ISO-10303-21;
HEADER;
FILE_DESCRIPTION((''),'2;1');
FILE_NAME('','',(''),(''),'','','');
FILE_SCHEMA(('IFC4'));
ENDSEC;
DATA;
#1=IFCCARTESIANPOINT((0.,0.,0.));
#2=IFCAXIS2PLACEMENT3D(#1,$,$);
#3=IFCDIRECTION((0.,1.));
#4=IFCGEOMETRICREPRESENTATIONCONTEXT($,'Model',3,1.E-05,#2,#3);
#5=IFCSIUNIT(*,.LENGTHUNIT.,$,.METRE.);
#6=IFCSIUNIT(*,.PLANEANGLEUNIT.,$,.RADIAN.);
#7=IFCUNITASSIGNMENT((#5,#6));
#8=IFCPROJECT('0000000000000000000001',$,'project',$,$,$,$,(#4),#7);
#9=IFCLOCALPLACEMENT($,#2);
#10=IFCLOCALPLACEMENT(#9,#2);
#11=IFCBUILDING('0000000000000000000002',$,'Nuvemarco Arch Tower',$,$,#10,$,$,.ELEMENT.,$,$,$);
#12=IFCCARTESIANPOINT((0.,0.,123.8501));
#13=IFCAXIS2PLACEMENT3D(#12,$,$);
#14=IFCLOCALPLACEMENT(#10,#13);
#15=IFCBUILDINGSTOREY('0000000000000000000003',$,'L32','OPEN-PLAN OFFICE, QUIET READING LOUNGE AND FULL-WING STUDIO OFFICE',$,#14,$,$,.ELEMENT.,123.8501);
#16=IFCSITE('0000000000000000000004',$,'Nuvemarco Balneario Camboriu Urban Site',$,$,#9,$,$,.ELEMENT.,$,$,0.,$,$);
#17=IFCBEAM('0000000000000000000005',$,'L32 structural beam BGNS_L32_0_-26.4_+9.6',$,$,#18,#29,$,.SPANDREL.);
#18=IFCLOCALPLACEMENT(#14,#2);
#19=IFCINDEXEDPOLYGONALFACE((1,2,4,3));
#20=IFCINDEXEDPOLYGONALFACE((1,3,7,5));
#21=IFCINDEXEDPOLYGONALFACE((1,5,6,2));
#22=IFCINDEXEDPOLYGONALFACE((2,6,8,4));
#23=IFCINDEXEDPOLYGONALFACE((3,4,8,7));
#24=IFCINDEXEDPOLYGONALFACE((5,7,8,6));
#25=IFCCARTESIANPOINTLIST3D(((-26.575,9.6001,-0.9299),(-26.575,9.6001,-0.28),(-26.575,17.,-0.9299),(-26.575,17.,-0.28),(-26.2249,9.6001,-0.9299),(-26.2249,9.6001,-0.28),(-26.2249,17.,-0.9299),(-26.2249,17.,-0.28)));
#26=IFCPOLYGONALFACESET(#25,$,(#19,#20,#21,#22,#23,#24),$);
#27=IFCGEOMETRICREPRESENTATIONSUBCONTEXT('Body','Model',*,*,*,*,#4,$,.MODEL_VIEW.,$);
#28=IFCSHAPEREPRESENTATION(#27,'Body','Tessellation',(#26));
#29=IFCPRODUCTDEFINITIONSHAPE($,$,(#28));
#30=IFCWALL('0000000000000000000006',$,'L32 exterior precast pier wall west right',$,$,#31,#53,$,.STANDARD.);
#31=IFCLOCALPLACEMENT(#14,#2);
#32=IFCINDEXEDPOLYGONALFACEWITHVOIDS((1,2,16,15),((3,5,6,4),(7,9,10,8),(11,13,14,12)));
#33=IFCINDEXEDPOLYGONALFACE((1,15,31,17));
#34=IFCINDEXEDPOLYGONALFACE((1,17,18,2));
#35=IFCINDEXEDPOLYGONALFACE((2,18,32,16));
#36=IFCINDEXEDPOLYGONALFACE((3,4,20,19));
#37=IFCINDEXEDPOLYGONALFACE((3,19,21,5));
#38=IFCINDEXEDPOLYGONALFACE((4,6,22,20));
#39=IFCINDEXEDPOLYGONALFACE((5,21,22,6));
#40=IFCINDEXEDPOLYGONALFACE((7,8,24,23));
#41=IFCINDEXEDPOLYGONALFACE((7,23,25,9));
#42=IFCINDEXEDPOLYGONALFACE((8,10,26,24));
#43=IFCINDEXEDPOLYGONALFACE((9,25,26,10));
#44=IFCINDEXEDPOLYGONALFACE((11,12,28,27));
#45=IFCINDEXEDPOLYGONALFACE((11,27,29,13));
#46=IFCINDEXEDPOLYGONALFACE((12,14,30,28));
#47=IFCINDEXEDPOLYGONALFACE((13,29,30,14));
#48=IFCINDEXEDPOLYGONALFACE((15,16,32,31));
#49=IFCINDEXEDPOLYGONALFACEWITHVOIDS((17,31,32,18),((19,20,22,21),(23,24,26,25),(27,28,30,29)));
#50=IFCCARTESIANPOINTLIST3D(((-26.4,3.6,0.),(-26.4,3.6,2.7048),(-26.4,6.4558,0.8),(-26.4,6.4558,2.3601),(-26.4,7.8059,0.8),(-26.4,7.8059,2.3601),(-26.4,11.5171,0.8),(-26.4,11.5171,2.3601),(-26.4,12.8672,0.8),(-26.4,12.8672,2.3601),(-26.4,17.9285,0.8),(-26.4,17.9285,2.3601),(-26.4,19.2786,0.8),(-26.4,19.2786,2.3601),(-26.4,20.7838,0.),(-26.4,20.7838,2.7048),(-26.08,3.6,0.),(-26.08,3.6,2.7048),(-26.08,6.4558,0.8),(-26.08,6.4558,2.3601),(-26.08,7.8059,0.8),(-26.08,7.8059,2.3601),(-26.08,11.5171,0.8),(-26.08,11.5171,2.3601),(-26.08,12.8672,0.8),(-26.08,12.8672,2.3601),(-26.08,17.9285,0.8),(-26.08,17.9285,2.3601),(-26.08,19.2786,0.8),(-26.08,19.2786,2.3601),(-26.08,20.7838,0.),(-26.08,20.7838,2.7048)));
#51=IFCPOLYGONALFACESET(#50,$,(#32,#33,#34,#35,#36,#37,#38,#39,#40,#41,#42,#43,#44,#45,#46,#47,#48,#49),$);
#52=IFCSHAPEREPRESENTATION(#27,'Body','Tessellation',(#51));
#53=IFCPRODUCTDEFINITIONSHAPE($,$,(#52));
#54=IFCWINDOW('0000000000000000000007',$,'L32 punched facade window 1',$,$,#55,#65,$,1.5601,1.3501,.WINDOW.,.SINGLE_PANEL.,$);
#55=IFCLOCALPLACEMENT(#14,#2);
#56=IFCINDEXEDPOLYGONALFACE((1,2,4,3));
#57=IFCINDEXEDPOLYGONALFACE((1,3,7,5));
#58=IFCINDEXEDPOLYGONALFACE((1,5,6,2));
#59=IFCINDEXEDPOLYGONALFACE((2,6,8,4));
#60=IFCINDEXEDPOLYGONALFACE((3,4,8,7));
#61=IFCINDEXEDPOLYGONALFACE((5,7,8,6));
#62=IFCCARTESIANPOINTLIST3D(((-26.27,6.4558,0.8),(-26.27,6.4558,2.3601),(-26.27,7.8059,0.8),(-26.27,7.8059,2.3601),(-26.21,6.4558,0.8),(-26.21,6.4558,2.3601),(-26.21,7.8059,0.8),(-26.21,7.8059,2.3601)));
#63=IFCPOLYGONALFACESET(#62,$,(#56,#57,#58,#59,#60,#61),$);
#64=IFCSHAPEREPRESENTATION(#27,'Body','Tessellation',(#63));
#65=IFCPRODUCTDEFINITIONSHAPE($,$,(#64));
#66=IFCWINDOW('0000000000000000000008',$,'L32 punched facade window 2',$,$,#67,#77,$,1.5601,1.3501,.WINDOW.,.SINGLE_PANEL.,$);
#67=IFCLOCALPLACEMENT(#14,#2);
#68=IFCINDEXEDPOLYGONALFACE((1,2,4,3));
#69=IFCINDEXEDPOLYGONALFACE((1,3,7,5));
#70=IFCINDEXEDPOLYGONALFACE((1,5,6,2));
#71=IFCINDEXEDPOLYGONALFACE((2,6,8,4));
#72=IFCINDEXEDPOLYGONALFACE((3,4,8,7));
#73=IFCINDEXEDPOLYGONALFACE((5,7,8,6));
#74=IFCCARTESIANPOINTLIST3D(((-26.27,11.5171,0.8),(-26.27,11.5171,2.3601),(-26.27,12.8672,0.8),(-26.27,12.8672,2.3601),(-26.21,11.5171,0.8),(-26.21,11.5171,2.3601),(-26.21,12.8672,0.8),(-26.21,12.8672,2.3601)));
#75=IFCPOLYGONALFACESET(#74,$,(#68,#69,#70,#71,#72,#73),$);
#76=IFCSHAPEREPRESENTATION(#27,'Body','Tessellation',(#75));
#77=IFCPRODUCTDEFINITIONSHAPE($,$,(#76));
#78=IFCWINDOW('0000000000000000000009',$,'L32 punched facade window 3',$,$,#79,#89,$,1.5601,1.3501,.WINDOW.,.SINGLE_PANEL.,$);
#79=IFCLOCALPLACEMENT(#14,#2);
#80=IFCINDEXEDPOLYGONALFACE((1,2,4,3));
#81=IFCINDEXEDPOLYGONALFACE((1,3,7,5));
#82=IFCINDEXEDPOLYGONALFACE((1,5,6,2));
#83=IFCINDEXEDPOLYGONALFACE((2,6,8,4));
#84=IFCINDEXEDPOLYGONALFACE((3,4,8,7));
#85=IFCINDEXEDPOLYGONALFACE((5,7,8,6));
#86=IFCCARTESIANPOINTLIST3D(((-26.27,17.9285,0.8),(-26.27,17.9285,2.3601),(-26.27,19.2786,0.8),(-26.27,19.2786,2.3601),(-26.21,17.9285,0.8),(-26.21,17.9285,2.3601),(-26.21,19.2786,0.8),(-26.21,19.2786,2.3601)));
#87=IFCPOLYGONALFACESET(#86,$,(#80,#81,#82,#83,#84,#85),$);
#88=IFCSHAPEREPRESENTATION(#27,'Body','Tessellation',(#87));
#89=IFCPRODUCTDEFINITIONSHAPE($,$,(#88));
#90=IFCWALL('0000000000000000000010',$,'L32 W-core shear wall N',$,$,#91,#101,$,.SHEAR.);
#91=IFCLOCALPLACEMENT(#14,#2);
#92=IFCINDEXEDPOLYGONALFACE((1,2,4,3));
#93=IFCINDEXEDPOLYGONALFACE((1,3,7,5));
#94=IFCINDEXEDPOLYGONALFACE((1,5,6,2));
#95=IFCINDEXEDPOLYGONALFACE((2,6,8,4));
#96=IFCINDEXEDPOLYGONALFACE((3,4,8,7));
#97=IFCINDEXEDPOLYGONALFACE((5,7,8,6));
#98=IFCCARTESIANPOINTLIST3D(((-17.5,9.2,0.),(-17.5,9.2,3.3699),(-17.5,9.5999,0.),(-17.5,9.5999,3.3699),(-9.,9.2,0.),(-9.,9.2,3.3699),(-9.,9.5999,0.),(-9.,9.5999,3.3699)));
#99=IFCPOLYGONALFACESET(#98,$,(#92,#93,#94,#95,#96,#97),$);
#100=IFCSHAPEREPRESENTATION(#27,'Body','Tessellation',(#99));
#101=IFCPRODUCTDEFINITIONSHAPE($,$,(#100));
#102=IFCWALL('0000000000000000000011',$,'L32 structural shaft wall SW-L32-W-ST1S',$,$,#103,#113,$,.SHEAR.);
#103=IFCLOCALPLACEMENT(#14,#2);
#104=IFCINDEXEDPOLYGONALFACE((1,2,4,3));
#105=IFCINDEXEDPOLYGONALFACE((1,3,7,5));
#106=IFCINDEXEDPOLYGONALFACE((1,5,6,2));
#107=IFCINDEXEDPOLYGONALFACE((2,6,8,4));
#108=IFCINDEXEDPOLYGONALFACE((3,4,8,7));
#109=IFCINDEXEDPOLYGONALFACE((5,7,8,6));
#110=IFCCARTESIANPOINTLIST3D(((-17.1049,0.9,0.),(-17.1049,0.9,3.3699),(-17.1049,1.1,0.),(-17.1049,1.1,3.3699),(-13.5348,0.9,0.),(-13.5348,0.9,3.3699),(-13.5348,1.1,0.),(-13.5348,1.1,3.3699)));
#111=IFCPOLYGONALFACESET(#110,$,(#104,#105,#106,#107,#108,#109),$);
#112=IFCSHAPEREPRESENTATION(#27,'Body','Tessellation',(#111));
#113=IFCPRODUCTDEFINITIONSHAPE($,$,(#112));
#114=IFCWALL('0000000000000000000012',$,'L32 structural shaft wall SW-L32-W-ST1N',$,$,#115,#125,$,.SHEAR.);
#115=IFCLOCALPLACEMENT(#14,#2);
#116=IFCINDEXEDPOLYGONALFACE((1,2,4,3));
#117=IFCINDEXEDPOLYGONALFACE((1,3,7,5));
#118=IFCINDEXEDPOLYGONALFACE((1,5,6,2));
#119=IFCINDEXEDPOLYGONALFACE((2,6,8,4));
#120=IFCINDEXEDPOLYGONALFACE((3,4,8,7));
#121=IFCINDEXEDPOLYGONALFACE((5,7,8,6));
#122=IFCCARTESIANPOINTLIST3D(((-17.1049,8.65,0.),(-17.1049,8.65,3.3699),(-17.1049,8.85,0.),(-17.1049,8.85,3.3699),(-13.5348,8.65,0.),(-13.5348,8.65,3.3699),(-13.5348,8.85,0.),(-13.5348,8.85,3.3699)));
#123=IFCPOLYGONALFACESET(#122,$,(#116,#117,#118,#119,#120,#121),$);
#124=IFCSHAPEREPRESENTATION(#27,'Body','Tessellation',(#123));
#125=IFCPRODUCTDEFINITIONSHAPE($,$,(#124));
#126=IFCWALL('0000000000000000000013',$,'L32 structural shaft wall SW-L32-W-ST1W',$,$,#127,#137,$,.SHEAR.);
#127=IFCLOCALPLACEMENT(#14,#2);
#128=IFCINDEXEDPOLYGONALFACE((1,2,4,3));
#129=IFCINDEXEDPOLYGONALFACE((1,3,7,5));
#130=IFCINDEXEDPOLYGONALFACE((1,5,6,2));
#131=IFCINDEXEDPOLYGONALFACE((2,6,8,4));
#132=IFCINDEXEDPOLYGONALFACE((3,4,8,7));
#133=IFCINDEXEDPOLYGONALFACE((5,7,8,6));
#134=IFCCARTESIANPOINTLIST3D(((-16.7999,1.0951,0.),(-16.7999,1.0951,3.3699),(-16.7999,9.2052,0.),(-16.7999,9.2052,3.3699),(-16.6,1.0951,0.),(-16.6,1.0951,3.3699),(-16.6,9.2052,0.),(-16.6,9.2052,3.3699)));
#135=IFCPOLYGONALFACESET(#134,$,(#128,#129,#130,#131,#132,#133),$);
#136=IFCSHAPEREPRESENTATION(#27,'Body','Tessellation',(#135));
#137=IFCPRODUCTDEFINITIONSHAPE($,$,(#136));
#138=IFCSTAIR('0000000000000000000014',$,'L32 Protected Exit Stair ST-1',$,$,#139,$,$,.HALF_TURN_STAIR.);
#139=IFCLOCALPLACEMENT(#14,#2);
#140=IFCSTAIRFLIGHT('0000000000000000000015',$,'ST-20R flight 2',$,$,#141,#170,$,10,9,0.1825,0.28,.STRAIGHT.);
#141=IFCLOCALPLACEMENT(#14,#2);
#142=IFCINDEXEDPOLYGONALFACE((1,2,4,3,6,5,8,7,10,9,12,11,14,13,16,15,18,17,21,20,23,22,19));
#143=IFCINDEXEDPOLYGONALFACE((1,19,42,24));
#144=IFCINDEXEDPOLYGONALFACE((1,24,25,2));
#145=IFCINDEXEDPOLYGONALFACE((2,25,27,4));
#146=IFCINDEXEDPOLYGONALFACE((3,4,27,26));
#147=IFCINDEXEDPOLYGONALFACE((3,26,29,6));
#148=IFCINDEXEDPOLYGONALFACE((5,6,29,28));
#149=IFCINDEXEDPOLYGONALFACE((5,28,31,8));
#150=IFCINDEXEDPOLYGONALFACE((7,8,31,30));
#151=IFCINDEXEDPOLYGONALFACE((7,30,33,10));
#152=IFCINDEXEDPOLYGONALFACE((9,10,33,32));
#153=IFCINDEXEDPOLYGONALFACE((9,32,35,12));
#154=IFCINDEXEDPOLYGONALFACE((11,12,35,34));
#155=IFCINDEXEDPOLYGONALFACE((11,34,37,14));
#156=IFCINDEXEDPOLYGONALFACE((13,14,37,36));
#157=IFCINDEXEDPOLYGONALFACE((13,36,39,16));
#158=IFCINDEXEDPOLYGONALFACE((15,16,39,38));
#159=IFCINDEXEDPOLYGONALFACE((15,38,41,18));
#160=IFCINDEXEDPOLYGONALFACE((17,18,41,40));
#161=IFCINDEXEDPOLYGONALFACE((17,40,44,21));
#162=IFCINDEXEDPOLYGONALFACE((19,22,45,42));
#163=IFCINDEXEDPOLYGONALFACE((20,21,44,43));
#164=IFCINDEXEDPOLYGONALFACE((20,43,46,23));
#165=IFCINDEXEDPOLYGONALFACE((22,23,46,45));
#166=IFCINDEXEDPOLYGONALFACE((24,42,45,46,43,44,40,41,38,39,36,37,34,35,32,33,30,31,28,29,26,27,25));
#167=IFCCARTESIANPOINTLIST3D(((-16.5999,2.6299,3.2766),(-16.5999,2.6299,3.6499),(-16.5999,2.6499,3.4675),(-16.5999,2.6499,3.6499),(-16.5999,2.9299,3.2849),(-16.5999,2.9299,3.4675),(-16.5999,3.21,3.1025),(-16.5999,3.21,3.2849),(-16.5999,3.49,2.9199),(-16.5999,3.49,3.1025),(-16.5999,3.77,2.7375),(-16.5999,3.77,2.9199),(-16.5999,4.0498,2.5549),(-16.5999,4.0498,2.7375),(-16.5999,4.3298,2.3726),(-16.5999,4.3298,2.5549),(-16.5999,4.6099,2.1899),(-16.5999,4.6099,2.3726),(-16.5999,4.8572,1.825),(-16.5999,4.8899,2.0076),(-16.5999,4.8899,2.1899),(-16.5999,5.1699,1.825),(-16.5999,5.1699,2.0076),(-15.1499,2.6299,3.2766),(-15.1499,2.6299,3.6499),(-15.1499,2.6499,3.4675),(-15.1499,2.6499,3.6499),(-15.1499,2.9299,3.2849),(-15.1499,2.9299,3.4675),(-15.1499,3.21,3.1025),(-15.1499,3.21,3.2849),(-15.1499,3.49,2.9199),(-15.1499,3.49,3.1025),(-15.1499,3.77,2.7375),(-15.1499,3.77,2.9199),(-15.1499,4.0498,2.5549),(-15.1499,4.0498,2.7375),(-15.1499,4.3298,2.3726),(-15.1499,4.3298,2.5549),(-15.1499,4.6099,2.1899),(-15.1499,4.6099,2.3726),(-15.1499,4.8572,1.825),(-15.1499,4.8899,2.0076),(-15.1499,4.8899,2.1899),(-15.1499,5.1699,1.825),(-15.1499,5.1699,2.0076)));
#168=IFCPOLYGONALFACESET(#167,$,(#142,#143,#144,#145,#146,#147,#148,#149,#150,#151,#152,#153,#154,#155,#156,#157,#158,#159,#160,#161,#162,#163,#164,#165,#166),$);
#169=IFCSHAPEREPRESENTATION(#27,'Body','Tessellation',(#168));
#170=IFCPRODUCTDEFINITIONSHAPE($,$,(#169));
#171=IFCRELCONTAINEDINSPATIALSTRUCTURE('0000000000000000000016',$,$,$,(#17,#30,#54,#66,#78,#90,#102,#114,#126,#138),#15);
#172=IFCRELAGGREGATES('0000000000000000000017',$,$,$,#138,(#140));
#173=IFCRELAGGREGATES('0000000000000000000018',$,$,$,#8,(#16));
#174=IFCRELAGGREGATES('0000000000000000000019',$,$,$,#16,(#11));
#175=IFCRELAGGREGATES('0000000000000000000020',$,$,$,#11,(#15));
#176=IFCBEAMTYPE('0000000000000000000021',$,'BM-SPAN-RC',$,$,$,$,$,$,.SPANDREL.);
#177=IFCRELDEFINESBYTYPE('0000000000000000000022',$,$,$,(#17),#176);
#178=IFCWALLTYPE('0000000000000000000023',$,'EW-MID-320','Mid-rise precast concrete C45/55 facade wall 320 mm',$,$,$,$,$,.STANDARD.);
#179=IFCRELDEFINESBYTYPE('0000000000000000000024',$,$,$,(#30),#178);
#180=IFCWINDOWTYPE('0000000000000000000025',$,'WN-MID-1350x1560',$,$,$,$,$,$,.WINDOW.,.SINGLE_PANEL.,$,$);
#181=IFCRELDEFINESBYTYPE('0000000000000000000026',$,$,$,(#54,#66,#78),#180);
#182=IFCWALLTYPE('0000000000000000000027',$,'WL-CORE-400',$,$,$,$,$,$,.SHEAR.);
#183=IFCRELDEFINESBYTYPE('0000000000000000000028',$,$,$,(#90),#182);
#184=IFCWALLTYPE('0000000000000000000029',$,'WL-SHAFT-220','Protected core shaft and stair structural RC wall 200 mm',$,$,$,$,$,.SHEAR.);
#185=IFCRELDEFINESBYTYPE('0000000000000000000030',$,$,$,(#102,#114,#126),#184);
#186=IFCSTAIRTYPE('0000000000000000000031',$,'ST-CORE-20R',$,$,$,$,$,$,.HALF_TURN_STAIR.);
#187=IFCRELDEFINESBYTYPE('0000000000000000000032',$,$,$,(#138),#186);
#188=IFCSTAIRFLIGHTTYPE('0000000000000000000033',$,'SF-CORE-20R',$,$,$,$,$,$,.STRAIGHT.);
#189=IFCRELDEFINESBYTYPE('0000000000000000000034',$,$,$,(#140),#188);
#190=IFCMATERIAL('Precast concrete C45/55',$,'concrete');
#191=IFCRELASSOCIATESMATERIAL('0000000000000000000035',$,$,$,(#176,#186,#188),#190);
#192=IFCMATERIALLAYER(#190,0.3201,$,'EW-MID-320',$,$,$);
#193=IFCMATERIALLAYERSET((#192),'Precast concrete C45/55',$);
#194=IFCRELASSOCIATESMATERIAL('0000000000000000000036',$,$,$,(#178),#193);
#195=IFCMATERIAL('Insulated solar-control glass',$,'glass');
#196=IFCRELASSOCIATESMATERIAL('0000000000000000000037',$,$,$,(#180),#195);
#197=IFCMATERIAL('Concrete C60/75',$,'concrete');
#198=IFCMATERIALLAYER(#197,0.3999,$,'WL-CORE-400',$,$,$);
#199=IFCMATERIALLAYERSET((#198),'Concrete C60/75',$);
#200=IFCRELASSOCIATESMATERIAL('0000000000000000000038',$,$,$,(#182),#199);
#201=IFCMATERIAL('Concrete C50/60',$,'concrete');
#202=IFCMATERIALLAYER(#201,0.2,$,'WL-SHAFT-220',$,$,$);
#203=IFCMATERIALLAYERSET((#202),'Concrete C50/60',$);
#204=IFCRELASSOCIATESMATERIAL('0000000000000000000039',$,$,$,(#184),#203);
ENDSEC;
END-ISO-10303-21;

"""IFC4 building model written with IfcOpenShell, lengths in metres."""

from ifc_helpers import new_model, si_unit, direction, frame, frame_2d, origin, origin_2d, place, context, subcontext, project, spatial, polyline, rectangle, outline, extrude, source, transform, mapped, material, layer, layer_set, material_profile, profile_set, type_object, type_shapes, element, fill, aggregate, save


model = new_model("IFC4")

# Units and contexts
model_context = context("Model", 3, precision=1e-05, world=origin(), true_north=direction((0.0, 1.0)))
body_context = subcontext(model_context, "Body", "Model", "MODEL_VIEW")
ifc_project = project(units=[si_unit("LENGTHUNIT", "METRE"), si_unit("PLANEANGLEUNIT", "RADIAN")], contexts=[model_context])

# Site, building, storey
site_placement = place(None, origin())
site = spatial("IfcSite", under=ifc_project, at=site_placement, Name="Nuvemarco Balneario Camboriu Urban Site", CompositionType="ELEMENT", RefElevation=0.0)
building_placement = place(site_placement, origin())
building = spatial("IfcBuilding", under=site, at=building_placement, Name="Nuvemarco Arch Tower", CompositionType="ELEMENT")
storey_placement = place(building_placement, frame((0.0, 0.0, 123.8501)))
storey = spatial("IfcBuildingStorey", under=building, at=storey_placement, Name="L32", Description="OPEN-PLAN OFFICE, QUIET READING LOUNGE AND FULL-WING STUDIO OFFICE", CompositionType="ELEMENT", Elevation=123.8501)

# Shared definitions
ifc_material_1 = material(Name="Concrete C50/60", Category="concrete")

# Beam
ifc_material_2 = material(Name="Precast concrete C45/55", Category="concrete")
ifc_material_profile_1 = material_profile(ifc_material_2, rectangle(XDim=0.3501, YDim=0.6499, at=origin_2d()), Name="PC-SP-350x650")
ifc_profile_set_1 = profile_set([ifc_material_profile_1], Name="Precast concrete C45/55")
beam_type_1 = type_object("IfcBeamType", Name="BM-SPAN-RC", PredefinedType="SPANDREL", material=ifc_profile_set_1)
beam_1_placement = place(storey_placement, frame((-26.3999, 9.6001, -0.605), z_axis=(0.0, 1.0, 0.0), x_axis=(-1.0, 0.0, 0.0)))
element("IfcBeam", 1, at=beam_1_placement, inside=storey, type_object=beam_type_1, Name="L32 structural beam BGNS_L32_0_-26.4_+9.6", PredefinedType="SPANDREL", context=body_context, shape_type="SweptSolid", body=[
    extrude(rectangle(XDim=0.3501, YDim=0.6499, at=origin_2d()), origin(), (0.0, 0.0, 1.0), 7.3999),
])

# Wall, openings, windows
ifc_layer_1 = layer(ifc_material_2, 0.3201, Name="EW-MID-320")
ifc_layer_set_1 = layer_set([ifc_layer_1], Name="Precast concrete C45/55")
wall_type_1 = type_object("IfcWallType", Name="EW-MID-320", Description="Mid-rise precast concrete C45/55 facade wall 320 mm", PredefinedType="STANDARD", material=ifc_layer_set_1)
wall_1_placement = place(storey_placement, frame((-26.24, 3.6001, 0.0), z_axis=(0.0, 0.0, 1.0), x_axis=(0.0, 1.0, 0.0)))
wall_1 = element("IfcWall", 2, at=wall_1_placement, inside=storey, type_object=wall_type_1, Name="L32 exterior precast pier wall west right", PredefinedType="STANDARD", context=body_context, shape_type="SweptSolid", body=[
    extrude(rectangle(XDim=17.1838, YDim=0.3201, at=frame_2d((8.5918, 0.0))), origin(), (0.0, 0.0, 1.0), 2.7048),
])
opening_1_placement = place(wall_1_placement, frame((2.8557, 0.0, 0.8)))
opening_1 = element("IfcOpeningElement", 3, at=opening_1_placement, cuts=wall_1, PredefinedType="OPENING", context=body_context, shape_type="SweptSolid", body=[
    extrude(rectangle(XDim=1.3501, YDim=1.5601, at=frame_2d((0.675, 0.78))), frame((0.0, 0.1699, 0.0), z_axis=(0.0, -1.0, 0.0), x_axis=(1.0, 0.0, 0.0)), (0.0, 0.0, 1.0), 0.3401),
])
opening_2_placement = place(wall_1_placement, frame((7.917, 0.0, 0.8)))
opening_2 = element("IfcOpeningElement", 4, at=opening_2_placement, cuts=wall_1, PredefinedType="OPENING", context=body_context, shape_type="SweptSolid", body=[
    extrude(rectangle(XDim=1.3501, YDim=1.5601, at=frame_2d((0.675, 0.78))), frame((0.0, 0.1699, 0.0), z_axis=(0.0, -1.0, 0.0), x_axis=(1.0, 0.0, 0.0)), (0.0, 0.0, 1.0), 0.3401),
])
opening_3_placement = place(wall_1_placement, frame((14.3284, 0.0, 0.8)))
opening_3 = element("IfcOpeningElement", 5, at=opening_3_placement, cuts=wall_1, PredefinedType="OPENING", context=body_context, shape_type="SweptSolid", body=[
    extrude(rectangle(XDim=1.3501, YDim=1.5601, at=frame_2d((0.675, 0.78))), frame((0.0, 0.1699, 0.0), z_axis=(0.0, -1.0, 0.0), x_axis=(1.0, 0.0, 0.0)), (0.0, 0.0, 1.0), 0.3401),
])
ifc_material_3 = material(Name="Insulated solar-control glass", Category="glass")
window_type = type_object("IfcWindowType", Name="WN-MID-1350x1560", PartitioningType="SINGLE_PANEL", PredefinedType="WINDOW", material=ifc_material_3)
shared_shape_1 = source(origin(), body_context, "Body", "SweptSolid", [
    extrude(rectangle(XDim=1.3501, YDim=1.5601, at=frame_2d((0.675, 0.78))), frame((0.0, 0.03, 0.0), z_axis=(0.0, -1.0, 0.0), x_axis=(1.0, 0.0, 0.0)), (0.0, 0.0, 1.0), 0.0601),
])
type_shapes(window_type, [shared_shape_1])
window_1_placement = place(opening_1_placement, origin())
window_1 = element("IfcWindow", 6, at=window_1_placement, inside=storey, type_object=window_type, Name="L32 punched facade window 1", OverallHeight=1.5601, OverallWidth=1.3501, PartitioningType="SINGLE_PANEL", PredefinedType="WINDOW", context=body_context, shape_type="MappedRepresentation", body=[
    mapped(shared_shape_1, transform((0.0, 0.0, 0.0), scale=1.0)),
])
fill(opening_1, window_1)
window_2_placement = place(opening_2_placement, origin())
window_2 = element("IfcWindow", 7, at=window_2_placement, inside=storey, type_object=window_type, Name="L32 punched facade window 2", OverallHeight=1.5601, OverallWidth=1.3501, PartitioningType="SINGLE_PANEL", PredefinedType="WINDOW", context=body_context, shape_type="MappedRepresentation", body=[
    mapped(shared_shape_1, transform((0.0, 0.0, 0.0), scale=1.0)),
])
fill(opening_2, window_2)
window_3_placement = place(opening_3_placement, origin())
window_3 = element("IfcWindow", 8, at=window_3_placement, inside=storey, type_object=window_type, Name="L32 punched facade window 3", OverallHeight=1.5601, OverallWidth=1.3501, PartitioningType="SINGLE_PANEL", PredefinedType="WINDOW", context=body_context, shape_type="MappedRepresentation", body=[
    mapped(shared_shape_1, transform((0.0, 0.0, 0.0), scale=1.0)),
])
fill(opening_3, window_3)

# Walls
ifc_material_4 = material(Name="Concrete C60/75", Category="concrete")
ifc_layer_2 = layer(ifc_material_4, 0.3999, Name="WL-CORE-400")
ifc_layer_set_2 = layer_set([ifc_layer_2], Name="Concrete C60/75")
wall_type_2 = type_object("IfcWallType", Name="WL-CORE-400", PredefinedType="SHEAR", material=ifc_layer_set_2)
wall_2_placement = place(storey_placement, frame((-17.5, 9.3999, 0.0), z_axis=(0.0, 0.0, 1.0), x_axis=(1.0, 0.0, 0.0)))
element("IfcWall", 9, at=wall_2_placement, inside=storey, type_object=wall_type_2, Name="L32 W-core shear wall N", PredefinedType="SHEAR", context=body_context, shape_type="SweptSolid", body=[
    extrude(rectangle(XDim=8.5, YDim=0.3999, at=frame_2d((4.25, 0.0))), origin(), (0.0, 0.0, 1.0), 3.3699),
])
ifc_layer_3 = layer(ifc_material_1, 0.2, Name="WL-SHAFT-220")
ifc_layer_set_3 = layer_set([ifc_layer_3], Name="Concrete C50/60")
wall_type_3 = type_object("IfcWallType", Name="WL-SHAFT-220", Description="Protected core shaft and stair structural RC wall 200 mm", PredefinedType="SHEAR", material=ifc_layer_set_3)
for number, where, z_axis, x_axis, name in (
    (10, (-17.105, 1.0, 0.0), (0.0, 0.0, 1.0), (1.0, 0.0, 0.0), "L32 structural shaft wall SW-L32-W-ST1S"),
    (11, (-17.105, 8.75, 0.0), (0.0, 0.0, 1.0), (1.0, 0.0, 0.0), "L32 structural shaft wall SW-L32-W-ST1N"),
):
    element("IfcWall", number, at=place(storey_placement, frame(where, z_axis=z_axis, x_axis=x_axis)), inside=storey, type_object=wall_type_3, Name=name, PredefinedType="SHEAR", context=body_context, shape_type="SweptSolid", body=[
        extrude(rectangle(XDim=3.5701, YDim=0.2, at=frame_2d((1.7852, 0.0))), origin(), (0.0, 0.0, 1.0), 3.3699),
    ])
wall_3_placement = place(storey_placement, frame((-16.7, 1.095, 0.0), z_axis=(0.0, 0.0, 1.0), x_axis=(0.0, 1.0, 0.0)))
element("IfcWall", 12, at=wall_3_placement, inside=storey, type_object=wall_type_3, Name="L32 structural shaft wall SW-L32-W-ST1W", PredefinedType="SHEAR", context=body_context, shape_type="SweptSolid", body=[
    extrude(rectangle(XDim=8.1101, YDim=0.2, at=frame_2d((4.0552, 0.0))), origin(), (0.0, 0.0, 1.0), 3.3699),
])

# Stair, stair flight
stair_type = type_object("IfcStairType", Name="ST-CORE-20R", PredefinedType="HALF_TURN_STAIR", material=ifc_material_2)
stair_placement = place(storey_placement, origin())
stair = element("IfcStair", 13, at=stair_placement, inside=storey, type_object=stair_type, Name="L32 Protected Exit Stair ST-1", PredefinedType="HALF_TURN_STAIR")
stair_flight_type = type_object("IfcStairFlightType", Name="SF-CORE-20R", PredefinedType="STRAIGHT", material=ifc_material_2)
stair_flight_placement = place(storey_placement, frame((-15.875, 5.1699, 1.825), z_axis=(0.0, 0.0, 1.0), x_axis=(0.0, -1.0, 0.0)))
stair_flight = element("IfcStairFlight", 14, at=stair_flight_placement, type_object=stair_flight_type, Name="ST-20R flight 2", NumberOfRisers=10, NumberOfTreads=9, PredefinedType="STRAIGHT", RiserHeight=0.1825, TreadLength=0.28, context=body_context, shape_type="SweptSolid", body=[
    extrude(outline(polyline([(0.0, 0.0), (0.0, 0.1826), (0.28, 0.1826), (0.28, 0.365), (0.5601, 0.365), (0.5601, 0.5476), (0.8401, 0.5476), (0.8401, 0.73), (1.1201, 0.73), (1.1201, 0.9126), (1.3999, 0.9126), (1.3999, 1.095), (1.6799, 1.095), (1.6799, 1.2776), (1.96, 1.2776), (1.96, 1.46), (2.24, 1.46), (2.24, 1.6426), (2.52, 1.6426), (2.52, 1.825), (2.54, 1.825), (2.54, 1.4517), (0.3127, 0.0), (0.0, 0.0)])), frame((0.0, 0.7251, 0.0), z_axis=(0.0, -1.0, 0.0), x_axis=(1.0, 0.0, 0.0)), (0.0, 0.0, 1.0), 1.45),
])
aggregate(stair, [stair_flight])

save(model, "model.ifc")
